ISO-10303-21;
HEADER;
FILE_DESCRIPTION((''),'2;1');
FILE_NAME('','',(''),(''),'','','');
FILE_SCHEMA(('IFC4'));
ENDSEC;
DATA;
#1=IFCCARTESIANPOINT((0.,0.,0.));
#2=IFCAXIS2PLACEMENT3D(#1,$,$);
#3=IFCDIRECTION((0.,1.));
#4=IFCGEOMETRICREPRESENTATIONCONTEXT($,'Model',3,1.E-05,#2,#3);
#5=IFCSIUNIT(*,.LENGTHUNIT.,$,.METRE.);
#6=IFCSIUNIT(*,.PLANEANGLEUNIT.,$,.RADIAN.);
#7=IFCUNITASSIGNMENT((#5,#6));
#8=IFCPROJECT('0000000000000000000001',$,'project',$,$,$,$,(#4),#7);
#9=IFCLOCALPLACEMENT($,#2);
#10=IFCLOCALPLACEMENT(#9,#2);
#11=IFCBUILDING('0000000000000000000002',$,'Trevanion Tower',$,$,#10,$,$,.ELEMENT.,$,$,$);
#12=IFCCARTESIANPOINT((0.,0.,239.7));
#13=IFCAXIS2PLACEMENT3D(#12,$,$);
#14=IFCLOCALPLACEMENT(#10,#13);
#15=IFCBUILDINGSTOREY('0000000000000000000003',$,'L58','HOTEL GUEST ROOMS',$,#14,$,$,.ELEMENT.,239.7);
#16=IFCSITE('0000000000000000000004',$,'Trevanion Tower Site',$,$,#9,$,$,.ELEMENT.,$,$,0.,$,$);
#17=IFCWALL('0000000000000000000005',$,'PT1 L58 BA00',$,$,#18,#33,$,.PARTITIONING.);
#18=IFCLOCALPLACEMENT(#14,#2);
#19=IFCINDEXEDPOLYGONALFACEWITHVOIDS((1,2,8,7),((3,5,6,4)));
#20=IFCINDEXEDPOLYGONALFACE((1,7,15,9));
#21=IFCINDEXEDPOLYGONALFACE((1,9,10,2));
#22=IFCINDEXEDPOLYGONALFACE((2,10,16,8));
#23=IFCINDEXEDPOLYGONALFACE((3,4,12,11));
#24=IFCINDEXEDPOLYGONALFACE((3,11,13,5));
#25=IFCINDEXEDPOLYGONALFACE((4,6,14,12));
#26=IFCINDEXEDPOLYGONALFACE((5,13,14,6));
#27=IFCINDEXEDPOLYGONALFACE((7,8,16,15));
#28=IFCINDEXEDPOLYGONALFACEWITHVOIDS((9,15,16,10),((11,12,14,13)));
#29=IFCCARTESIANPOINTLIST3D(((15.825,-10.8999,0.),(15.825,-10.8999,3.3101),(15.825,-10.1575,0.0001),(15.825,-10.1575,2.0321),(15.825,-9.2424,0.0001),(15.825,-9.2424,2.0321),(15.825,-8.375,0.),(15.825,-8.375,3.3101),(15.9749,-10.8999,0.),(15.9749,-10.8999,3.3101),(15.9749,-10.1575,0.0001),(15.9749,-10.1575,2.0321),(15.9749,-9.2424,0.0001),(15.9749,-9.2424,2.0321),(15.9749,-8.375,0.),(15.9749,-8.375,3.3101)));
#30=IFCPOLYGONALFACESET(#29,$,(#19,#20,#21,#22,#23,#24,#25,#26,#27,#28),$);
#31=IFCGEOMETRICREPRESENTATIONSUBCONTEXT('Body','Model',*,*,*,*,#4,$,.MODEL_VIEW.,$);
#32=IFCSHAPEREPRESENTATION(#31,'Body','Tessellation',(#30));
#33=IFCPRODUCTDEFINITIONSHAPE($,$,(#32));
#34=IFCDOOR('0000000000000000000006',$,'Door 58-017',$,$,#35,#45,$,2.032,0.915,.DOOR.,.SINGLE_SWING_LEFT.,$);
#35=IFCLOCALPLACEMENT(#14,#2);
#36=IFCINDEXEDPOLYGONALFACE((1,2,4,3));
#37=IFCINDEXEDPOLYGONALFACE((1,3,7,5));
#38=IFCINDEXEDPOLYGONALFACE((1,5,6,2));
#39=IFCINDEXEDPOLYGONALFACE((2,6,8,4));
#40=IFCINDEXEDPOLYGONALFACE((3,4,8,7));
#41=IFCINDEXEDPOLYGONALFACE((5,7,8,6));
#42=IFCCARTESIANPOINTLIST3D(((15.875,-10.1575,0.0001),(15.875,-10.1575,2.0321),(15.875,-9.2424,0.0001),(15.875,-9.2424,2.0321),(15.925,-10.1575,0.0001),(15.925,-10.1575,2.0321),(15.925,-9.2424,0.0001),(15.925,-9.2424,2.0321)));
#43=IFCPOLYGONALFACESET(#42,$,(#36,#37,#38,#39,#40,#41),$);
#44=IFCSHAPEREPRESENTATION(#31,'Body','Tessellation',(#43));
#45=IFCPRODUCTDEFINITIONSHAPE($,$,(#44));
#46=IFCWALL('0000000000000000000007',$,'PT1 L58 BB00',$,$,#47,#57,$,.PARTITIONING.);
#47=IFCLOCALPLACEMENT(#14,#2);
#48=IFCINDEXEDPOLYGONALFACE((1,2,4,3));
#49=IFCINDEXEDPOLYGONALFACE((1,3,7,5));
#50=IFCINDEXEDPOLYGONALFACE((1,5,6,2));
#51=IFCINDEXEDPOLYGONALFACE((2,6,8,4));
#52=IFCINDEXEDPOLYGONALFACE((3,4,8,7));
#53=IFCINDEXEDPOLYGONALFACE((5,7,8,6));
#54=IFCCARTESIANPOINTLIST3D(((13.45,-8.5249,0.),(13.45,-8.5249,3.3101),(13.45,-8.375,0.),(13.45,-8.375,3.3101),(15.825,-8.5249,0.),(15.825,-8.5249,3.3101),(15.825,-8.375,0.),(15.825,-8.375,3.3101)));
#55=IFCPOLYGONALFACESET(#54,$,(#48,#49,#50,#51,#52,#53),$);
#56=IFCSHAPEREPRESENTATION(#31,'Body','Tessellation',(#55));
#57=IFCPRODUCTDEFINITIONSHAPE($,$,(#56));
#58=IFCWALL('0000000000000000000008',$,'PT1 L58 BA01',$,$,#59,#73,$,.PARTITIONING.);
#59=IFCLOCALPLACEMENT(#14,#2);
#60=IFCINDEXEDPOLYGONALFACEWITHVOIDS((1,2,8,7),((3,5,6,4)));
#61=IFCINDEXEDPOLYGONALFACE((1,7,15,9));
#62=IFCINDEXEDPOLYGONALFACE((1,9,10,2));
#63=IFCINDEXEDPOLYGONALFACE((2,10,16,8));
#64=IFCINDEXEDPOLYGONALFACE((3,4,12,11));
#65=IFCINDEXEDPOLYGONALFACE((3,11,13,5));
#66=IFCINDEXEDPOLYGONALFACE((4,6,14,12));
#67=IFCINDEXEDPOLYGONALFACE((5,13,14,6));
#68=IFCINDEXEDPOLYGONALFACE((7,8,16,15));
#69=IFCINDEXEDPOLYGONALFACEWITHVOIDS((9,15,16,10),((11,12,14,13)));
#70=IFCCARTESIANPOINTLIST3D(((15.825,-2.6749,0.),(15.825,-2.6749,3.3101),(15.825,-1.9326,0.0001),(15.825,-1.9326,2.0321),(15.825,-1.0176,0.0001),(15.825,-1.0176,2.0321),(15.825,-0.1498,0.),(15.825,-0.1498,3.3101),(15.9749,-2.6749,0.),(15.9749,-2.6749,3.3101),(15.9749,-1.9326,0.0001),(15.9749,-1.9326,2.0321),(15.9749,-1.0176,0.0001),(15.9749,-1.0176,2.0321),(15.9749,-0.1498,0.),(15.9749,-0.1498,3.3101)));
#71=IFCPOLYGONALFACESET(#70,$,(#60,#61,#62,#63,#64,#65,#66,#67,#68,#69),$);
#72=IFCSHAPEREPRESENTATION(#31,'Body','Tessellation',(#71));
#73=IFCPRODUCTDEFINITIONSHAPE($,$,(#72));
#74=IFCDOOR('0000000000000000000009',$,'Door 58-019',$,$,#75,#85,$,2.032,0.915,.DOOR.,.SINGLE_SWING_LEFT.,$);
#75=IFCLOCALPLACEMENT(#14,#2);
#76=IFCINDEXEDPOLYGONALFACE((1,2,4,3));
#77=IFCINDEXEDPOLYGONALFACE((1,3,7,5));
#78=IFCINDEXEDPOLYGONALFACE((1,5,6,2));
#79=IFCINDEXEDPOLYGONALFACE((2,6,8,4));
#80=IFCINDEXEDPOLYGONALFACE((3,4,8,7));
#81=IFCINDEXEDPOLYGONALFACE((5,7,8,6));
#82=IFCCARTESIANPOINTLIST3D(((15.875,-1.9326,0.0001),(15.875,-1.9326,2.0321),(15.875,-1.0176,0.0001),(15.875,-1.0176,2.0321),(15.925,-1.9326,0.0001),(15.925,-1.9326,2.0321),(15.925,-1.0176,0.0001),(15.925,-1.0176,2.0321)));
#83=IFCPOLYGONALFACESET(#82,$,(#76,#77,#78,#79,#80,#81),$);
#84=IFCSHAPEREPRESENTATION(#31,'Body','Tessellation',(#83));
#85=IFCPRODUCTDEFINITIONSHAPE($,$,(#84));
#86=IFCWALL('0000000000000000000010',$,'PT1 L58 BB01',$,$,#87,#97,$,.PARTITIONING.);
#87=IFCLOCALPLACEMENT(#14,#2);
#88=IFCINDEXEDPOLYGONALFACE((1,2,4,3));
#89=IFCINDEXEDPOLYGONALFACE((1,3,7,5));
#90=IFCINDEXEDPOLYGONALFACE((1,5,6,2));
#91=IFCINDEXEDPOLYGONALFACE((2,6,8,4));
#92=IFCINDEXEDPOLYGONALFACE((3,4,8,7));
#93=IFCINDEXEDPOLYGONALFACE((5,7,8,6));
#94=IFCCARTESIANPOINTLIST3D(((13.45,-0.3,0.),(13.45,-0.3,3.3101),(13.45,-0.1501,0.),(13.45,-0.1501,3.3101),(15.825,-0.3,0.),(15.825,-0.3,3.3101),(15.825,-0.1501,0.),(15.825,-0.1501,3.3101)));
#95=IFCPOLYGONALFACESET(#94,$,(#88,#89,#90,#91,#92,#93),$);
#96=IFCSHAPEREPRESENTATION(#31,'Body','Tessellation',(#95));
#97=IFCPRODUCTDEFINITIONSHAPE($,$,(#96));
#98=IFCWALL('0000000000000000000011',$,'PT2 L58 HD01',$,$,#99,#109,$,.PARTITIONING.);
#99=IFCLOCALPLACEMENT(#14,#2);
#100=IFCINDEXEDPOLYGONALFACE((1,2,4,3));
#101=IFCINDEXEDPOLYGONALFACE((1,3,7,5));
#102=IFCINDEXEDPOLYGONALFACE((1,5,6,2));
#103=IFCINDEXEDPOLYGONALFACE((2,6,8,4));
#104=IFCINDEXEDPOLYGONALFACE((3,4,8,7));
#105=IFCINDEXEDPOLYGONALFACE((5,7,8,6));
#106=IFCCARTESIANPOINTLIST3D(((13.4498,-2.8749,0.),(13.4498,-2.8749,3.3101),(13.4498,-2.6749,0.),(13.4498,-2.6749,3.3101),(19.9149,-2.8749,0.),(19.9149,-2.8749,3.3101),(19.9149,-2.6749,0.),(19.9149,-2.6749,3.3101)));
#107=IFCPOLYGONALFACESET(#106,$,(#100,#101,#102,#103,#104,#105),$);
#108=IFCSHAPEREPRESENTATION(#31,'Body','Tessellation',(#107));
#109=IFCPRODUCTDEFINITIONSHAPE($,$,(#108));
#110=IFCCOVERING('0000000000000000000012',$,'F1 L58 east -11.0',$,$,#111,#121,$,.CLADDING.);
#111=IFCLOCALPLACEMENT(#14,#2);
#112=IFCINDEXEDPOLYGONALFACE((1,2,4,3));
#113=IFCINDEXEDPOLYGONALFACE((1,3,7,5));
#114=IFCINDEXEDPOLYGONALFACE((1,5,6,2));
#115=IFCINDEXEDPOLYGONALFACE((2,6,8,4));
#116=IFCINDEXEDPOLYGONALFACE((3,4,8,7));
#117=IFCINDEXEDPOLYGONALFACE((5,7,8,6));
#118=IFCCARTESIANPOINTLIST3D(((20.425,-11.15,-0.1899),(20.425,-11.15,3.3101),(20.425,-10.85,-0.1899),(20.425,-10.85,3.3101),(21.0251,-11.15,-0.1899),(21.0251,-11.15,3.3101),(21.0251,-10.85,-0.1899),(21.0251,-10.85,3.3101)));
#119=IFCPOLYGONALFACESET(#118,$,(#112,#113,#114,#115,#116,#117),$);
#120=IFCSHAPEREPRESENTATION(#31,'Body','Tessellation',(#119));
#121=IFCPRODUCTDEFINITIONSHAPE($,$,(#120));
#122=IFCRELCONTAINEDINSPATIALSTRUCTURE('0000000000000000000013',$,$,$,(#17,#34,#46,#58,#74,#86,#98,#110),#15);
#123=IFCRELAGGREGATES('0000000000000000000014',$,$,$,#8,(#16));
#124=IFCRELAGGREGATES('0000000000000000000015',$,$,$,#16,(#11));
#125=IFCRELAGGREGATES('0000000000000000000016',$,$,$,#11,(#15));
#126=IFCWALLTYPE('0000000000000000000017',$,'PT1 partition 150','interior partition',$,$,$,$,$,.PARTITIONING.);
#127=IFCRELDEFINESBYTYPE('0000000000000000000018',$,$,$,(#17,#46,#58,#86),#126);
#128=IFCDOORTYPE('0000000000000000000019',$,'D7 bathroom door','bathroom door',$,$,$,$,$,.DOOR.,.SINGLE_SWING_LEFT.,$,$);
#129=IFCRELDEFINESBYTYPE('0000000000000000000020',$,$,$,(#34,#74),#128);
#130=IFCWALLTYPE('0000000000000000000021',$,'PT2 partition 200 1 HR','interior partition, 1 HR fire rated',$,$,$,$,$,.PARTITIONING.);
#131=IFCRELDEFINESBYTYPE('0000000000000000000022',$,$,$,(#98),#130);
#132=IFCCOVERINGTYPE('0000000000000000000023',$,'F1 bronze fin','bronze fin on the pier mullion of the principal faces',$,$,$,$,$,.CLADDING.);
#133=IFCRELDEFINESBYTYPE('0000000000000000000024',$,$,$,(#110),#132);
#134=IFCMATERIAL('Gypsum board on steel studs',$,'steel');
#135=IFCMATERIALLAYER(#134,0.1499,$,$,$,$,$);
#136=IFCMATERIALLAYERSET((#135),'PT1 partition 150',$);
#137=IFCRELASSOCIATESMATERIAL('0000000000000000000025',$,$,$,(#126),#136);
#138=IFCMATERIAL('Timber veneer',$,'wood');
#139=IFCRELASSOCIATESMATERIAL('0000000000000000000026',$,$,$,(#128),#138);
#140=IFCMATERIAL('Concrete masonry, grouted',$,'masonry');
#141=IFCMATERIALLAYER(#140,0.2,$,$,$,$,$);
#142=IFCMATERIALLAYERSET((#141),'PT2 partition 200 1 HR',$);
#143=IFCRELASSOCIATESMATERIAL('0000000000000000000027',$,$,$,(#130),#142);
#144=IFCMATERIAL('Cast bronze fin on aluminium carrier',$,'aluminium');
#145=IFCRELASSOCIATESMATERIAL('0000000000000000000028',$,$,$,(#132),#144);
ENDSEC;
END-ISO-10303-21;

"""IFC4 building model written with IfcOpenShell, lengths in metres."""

from ifc_helpers import new_model, si_unit, direction, frame, frame_2d, origin, origin_2d, place, context, subcontext, project, spatial, rectangle, extrude, material, layer, layer_set, type_object, element, fill, save


model = new_model("IFC4")

# Units and contexts
model_context = context("Model", 3, precision=1e-05, world=origin(), true_north=direction((0.0, 1.0)))
body_context = subcontext(model_context, "Body", "Model", "MODEL_VIEW")
ifc_project = project(units=[si_unit("LENGTHUNIT", "METRE"), si_unit("PLANEANGLEUNIT", "RADIAN")], contexts=[model_context])

# Site, building, storey
site_placement = place(None, origin())
site = spatial("IfcSite", under=ifc_project, at=site_placement, Name="Trevanion Tower Site", CompositionType="ELEMENT", RefElevation=0.0)
building_placement = place(site_placement, origin())
building = spatial("IfcBuilding", under=site, at=building_placement, Name="Trevanion Tower", CompositionType="ELEMENT")
storey_placement = place(building_placement, frame((0.0, 0.0, 239.7)))
storey = spatial("IfcBuildingStorey", under=building, at=storey_placement, Name="L58", Description="HOTEL GUEST ROOMS", CompositionType="ELEMENT", Elevation=239.7)

# Wall, opening, door
ifc_material_1 = material(Name="Gypsum board on steel studs", Category="steel")
ifc_layer_1 = layer(ifc_material_1, 0.1499)
ifc_layer_set_1 = layer_set([ifc_layer_1], Name="PT1 partition 150")
wall_type_1 = type_object("IfcWallType", Name="PT1 partition 150", Description="interior partition", PredefinedType="PARTITIONING", material=ifc_layer_set_1)
wall_1_placement = place(storey_placement, frame((15.8999, -10.8999, 0.0), z_axis=(0.0, 0.0, 1.0), x_axis=(0.0, 1.0, 0.0)))
wall_1 = element("IfcWall", 1, at=wall_1_placement, inside=storey, type_object=wall_type_1, Name="PT1 L58 BA00", PredefinedType="PARTITIONING", context=body_context, shape_type="SweptSolid", body=[
    extrude(rectangle(XDim=2.5249, YDim=0.1499, at=frame_2d((1.2625, 0.0))), origin(), (0.0, 0.0, 1.0), 3.3101),
])
opening_1_placement = place(wall_1_placement, frame((0.7424, 0.0, 0.0)))
opening_1 = element("IfcOpeningElement", 2, at=opening_1_placement, cuts=wall_1, PredefinedType="OPENING", context=body_context, shape_type="SweptSolid", body=[
    extrude(rectangle(XDim=0.915, YDim=2.032, at=frame_2d((0.4575, 1.0161))), frame((0.0, 0.085, 0.0), z_axis=(0.0, -1.0, 0.0), x_axis=(1.0, 0.0, 0.0)), (0.0, 0.0, 1.0), 0.1699),
])
ifc_material_2 = material(Name="Timber veneer", Category="wood")
door_type = type_object("IfcDoorType", Name="D7 bathroom door", Description="bathroom door", OperationType="SINGLE_SWING_LEFT", PredefinedType="DOOR", material=ifc_material_2)
door_1_placement = place(opening_1_placement, origin())
door_1 = element("IfcDoor", 3, at=door_1_placement, inside=storey, type_object=door_type, Name="Door 58-017", OperationType="SINGLE_SWING_LEFT", OverallHeight=2.032, OverallWidth=0.915, PredefinedType="DOOR", context=body_context, shape_type="SweptSolid", body=[
    extrude(rectangle(XDim=0.915, YDim=2.032, at=frame_2d((0.4575, 1.0161))), frame((0.0, 0.0249, 0.0), z_axis=(0.0, -1.0, 0.0), x_axis=(1.0, 0.0, 0.0)), (0.0, 0.0, 1.0), 0.05),
])
fill(opening_1, door_1)

# Wall
wall_2_placement = place(storey_placement, frame((13.45, -8.45, 0.0), z_axis=(0.0, 0.0, 1.0), x_axis=(1.0, 0.0, 0.0)))
element("IfcWall", 4, at=wall_2_placement, inside=storey, type_object=wall_type_1, Name="PT1 L58 BB00", PredefinedType="PARTITIONING", context=body_context, shape_type="SweptSolid", body=[
    extrude(rectangle(XDim=2.375, YDim=0.1499, at=frame_2d((1.1875, 0.0))), origin(), (0.0, 0.0, 1.0), 3.3101),
])

# Wall, opening, door
wall_3_placement = place(storey_placement, frame((15.8999, -2.675, 0.0), z_axis=(0.0, 0.0, 1.0), x_axis=(0.0, 1.0, 0.0)))
wall_3 = element("IfcWall", 5, at=wall_3_placement, inside=storey, type_object=wall_type_1, Name="PT1 L58 BA01", PredefinedType="PARTITIONING", context=body_context, shape_type="SweptSolid", body=[
    extrude(rectangle(XDim=2.5251, YDim=0.1499, at=frame_2d((1.2627, 0.0))), origin(), (0.0, 0.0, 1.0), 3.3101),
])
opening_2_placement = place(wall_3_placement, frame((0.7424, 0.0, 0.0)))
opening_2 = element("IfcOpeningElement", 6, at=opening_2_placement, cuts=wall_3, PredefinedType="OPENING", context=body_context, shape_type="SweptSolid", body=[
    extrude(rectangle(XDim=0.915, YDim=2.032, at=frame_2d((0.4575, 1.0161))), frame((0.0, 0.085, 0.0), z_axis=(0.0, -1.0, 0.0), x_axis=(1.0, 0.0, 0.0)), (0.0, 0.0, 1.0), 0.1699),
])
door_2_placement = place(opening_2_placement, origin())
door_2 = element("IfcDoor", 7, at=door_2_placement, inside=storey, type_object=door_type, Name="Door 58-019", OperationType="SINGLE_SWING_LEFT", OverallHeight=2.032, OverallWidth=0.915, PredefinedType="DOOR", context=body_context, shape_type="SweptSolid", body=[
    extrude(rectangle(XDim=0.915, YDim=2.032, at=frame_2d((0.4575, 1.0161))), frame((0.0, 0.0249, 0.0), z_axis=(0.0, -1.0, 0.0), x_axis=(1.0, 0.0, 0.0)), (0.0, 0.0, 1.0), 0.05),
])
fill(opening_2, door_2)

# Walls
wall_4_placement = place(storey_placement, frame((13.45, -0.2251, 0.0), z_axis=(0.0, 0.0, 1.0), x_axis=(1.0, 0.0, 0.0)))
element("IfcWall", 8, at=wall_4_placement, inside=storey, type_object=wall_type_1, Name="PT1 L58 BB01", PredefinedType="PARTITIONING", context=body_context, shape_type="SweptSolid", body=[
    extrude(rectangle(XDim=2.375, YDim=0.1499, at=frame_2d((1.1875, 0.0))), origin(), (0.0, 0.0, 1.0), 3.3101),
])
ifc_material_3 = material(Name="Concrete masonry, grouted", Category="masonry")
ifc_layer_2 = layer(ifc_material_3, 0.2)
ifc_layer_set_2 = layer_set([ifc_layer_2], Name="PT2 partition 200 1 HR")
wall_type_2 = type_object("IfcWallType", Name="PT2 partition 200 1 HR", Description="interior partition, 1 HR fire rated", PredefinedType="PARTITIONING", material=ifc_layer_set_2)
wall_5_placement = place(storey_placement, frame((13.45, -2.7749, 0.0), z_axis=(0.0, 0.0, 1.0), x_axis=(1.0, 0.0, 0.0)))
element("IfcWall", 9, at=wall_5_placement, inside=storey, type_object=wall_type_2, Name="PT2 L58 HD01", PredefinedType="PARTITIONING", context=body_context, shape_type="SweptSolid", body=[
    extrude(rectangle(XDim=6.4651, YDim=0.2, at=frame_2d((3.2324, 0.0))), origin(), (0.0, 0.0, 1.0), 3.3101),
])

# Covering
ifc_material_4 = material(Name="Cast bronze fin on aluminium carrier", Category="aluminium")
covering_type = type_object("IfcCoveringType", Name="F1 bronze fin", Description="bronze fin on the pier mullion of the principal faces", PredefinedType="CLADDING", material=ifc_material_4)
covering_placement = place(storey_placement, frame((20.7251, -11.0, -0.1899), z_axis=(0.0, 0.0, 1.0), x_axis=(0.0, 1.0, 0.0)))
element("IfcCovering", 10, at=covering_placement, inside=storey, type_object=covering_type, Name="F1 L58 east -11.0", PredefinedType="CLADDING", context=body_context, shape_type="SweptSolid", body=[
    extrude(rectangle(XDim=0.3, YDim=0.6001, at=origin_2d()), origin(), (0.0, 0.0, 1.0), 3.5),
])

save(model, "model.ifc")
